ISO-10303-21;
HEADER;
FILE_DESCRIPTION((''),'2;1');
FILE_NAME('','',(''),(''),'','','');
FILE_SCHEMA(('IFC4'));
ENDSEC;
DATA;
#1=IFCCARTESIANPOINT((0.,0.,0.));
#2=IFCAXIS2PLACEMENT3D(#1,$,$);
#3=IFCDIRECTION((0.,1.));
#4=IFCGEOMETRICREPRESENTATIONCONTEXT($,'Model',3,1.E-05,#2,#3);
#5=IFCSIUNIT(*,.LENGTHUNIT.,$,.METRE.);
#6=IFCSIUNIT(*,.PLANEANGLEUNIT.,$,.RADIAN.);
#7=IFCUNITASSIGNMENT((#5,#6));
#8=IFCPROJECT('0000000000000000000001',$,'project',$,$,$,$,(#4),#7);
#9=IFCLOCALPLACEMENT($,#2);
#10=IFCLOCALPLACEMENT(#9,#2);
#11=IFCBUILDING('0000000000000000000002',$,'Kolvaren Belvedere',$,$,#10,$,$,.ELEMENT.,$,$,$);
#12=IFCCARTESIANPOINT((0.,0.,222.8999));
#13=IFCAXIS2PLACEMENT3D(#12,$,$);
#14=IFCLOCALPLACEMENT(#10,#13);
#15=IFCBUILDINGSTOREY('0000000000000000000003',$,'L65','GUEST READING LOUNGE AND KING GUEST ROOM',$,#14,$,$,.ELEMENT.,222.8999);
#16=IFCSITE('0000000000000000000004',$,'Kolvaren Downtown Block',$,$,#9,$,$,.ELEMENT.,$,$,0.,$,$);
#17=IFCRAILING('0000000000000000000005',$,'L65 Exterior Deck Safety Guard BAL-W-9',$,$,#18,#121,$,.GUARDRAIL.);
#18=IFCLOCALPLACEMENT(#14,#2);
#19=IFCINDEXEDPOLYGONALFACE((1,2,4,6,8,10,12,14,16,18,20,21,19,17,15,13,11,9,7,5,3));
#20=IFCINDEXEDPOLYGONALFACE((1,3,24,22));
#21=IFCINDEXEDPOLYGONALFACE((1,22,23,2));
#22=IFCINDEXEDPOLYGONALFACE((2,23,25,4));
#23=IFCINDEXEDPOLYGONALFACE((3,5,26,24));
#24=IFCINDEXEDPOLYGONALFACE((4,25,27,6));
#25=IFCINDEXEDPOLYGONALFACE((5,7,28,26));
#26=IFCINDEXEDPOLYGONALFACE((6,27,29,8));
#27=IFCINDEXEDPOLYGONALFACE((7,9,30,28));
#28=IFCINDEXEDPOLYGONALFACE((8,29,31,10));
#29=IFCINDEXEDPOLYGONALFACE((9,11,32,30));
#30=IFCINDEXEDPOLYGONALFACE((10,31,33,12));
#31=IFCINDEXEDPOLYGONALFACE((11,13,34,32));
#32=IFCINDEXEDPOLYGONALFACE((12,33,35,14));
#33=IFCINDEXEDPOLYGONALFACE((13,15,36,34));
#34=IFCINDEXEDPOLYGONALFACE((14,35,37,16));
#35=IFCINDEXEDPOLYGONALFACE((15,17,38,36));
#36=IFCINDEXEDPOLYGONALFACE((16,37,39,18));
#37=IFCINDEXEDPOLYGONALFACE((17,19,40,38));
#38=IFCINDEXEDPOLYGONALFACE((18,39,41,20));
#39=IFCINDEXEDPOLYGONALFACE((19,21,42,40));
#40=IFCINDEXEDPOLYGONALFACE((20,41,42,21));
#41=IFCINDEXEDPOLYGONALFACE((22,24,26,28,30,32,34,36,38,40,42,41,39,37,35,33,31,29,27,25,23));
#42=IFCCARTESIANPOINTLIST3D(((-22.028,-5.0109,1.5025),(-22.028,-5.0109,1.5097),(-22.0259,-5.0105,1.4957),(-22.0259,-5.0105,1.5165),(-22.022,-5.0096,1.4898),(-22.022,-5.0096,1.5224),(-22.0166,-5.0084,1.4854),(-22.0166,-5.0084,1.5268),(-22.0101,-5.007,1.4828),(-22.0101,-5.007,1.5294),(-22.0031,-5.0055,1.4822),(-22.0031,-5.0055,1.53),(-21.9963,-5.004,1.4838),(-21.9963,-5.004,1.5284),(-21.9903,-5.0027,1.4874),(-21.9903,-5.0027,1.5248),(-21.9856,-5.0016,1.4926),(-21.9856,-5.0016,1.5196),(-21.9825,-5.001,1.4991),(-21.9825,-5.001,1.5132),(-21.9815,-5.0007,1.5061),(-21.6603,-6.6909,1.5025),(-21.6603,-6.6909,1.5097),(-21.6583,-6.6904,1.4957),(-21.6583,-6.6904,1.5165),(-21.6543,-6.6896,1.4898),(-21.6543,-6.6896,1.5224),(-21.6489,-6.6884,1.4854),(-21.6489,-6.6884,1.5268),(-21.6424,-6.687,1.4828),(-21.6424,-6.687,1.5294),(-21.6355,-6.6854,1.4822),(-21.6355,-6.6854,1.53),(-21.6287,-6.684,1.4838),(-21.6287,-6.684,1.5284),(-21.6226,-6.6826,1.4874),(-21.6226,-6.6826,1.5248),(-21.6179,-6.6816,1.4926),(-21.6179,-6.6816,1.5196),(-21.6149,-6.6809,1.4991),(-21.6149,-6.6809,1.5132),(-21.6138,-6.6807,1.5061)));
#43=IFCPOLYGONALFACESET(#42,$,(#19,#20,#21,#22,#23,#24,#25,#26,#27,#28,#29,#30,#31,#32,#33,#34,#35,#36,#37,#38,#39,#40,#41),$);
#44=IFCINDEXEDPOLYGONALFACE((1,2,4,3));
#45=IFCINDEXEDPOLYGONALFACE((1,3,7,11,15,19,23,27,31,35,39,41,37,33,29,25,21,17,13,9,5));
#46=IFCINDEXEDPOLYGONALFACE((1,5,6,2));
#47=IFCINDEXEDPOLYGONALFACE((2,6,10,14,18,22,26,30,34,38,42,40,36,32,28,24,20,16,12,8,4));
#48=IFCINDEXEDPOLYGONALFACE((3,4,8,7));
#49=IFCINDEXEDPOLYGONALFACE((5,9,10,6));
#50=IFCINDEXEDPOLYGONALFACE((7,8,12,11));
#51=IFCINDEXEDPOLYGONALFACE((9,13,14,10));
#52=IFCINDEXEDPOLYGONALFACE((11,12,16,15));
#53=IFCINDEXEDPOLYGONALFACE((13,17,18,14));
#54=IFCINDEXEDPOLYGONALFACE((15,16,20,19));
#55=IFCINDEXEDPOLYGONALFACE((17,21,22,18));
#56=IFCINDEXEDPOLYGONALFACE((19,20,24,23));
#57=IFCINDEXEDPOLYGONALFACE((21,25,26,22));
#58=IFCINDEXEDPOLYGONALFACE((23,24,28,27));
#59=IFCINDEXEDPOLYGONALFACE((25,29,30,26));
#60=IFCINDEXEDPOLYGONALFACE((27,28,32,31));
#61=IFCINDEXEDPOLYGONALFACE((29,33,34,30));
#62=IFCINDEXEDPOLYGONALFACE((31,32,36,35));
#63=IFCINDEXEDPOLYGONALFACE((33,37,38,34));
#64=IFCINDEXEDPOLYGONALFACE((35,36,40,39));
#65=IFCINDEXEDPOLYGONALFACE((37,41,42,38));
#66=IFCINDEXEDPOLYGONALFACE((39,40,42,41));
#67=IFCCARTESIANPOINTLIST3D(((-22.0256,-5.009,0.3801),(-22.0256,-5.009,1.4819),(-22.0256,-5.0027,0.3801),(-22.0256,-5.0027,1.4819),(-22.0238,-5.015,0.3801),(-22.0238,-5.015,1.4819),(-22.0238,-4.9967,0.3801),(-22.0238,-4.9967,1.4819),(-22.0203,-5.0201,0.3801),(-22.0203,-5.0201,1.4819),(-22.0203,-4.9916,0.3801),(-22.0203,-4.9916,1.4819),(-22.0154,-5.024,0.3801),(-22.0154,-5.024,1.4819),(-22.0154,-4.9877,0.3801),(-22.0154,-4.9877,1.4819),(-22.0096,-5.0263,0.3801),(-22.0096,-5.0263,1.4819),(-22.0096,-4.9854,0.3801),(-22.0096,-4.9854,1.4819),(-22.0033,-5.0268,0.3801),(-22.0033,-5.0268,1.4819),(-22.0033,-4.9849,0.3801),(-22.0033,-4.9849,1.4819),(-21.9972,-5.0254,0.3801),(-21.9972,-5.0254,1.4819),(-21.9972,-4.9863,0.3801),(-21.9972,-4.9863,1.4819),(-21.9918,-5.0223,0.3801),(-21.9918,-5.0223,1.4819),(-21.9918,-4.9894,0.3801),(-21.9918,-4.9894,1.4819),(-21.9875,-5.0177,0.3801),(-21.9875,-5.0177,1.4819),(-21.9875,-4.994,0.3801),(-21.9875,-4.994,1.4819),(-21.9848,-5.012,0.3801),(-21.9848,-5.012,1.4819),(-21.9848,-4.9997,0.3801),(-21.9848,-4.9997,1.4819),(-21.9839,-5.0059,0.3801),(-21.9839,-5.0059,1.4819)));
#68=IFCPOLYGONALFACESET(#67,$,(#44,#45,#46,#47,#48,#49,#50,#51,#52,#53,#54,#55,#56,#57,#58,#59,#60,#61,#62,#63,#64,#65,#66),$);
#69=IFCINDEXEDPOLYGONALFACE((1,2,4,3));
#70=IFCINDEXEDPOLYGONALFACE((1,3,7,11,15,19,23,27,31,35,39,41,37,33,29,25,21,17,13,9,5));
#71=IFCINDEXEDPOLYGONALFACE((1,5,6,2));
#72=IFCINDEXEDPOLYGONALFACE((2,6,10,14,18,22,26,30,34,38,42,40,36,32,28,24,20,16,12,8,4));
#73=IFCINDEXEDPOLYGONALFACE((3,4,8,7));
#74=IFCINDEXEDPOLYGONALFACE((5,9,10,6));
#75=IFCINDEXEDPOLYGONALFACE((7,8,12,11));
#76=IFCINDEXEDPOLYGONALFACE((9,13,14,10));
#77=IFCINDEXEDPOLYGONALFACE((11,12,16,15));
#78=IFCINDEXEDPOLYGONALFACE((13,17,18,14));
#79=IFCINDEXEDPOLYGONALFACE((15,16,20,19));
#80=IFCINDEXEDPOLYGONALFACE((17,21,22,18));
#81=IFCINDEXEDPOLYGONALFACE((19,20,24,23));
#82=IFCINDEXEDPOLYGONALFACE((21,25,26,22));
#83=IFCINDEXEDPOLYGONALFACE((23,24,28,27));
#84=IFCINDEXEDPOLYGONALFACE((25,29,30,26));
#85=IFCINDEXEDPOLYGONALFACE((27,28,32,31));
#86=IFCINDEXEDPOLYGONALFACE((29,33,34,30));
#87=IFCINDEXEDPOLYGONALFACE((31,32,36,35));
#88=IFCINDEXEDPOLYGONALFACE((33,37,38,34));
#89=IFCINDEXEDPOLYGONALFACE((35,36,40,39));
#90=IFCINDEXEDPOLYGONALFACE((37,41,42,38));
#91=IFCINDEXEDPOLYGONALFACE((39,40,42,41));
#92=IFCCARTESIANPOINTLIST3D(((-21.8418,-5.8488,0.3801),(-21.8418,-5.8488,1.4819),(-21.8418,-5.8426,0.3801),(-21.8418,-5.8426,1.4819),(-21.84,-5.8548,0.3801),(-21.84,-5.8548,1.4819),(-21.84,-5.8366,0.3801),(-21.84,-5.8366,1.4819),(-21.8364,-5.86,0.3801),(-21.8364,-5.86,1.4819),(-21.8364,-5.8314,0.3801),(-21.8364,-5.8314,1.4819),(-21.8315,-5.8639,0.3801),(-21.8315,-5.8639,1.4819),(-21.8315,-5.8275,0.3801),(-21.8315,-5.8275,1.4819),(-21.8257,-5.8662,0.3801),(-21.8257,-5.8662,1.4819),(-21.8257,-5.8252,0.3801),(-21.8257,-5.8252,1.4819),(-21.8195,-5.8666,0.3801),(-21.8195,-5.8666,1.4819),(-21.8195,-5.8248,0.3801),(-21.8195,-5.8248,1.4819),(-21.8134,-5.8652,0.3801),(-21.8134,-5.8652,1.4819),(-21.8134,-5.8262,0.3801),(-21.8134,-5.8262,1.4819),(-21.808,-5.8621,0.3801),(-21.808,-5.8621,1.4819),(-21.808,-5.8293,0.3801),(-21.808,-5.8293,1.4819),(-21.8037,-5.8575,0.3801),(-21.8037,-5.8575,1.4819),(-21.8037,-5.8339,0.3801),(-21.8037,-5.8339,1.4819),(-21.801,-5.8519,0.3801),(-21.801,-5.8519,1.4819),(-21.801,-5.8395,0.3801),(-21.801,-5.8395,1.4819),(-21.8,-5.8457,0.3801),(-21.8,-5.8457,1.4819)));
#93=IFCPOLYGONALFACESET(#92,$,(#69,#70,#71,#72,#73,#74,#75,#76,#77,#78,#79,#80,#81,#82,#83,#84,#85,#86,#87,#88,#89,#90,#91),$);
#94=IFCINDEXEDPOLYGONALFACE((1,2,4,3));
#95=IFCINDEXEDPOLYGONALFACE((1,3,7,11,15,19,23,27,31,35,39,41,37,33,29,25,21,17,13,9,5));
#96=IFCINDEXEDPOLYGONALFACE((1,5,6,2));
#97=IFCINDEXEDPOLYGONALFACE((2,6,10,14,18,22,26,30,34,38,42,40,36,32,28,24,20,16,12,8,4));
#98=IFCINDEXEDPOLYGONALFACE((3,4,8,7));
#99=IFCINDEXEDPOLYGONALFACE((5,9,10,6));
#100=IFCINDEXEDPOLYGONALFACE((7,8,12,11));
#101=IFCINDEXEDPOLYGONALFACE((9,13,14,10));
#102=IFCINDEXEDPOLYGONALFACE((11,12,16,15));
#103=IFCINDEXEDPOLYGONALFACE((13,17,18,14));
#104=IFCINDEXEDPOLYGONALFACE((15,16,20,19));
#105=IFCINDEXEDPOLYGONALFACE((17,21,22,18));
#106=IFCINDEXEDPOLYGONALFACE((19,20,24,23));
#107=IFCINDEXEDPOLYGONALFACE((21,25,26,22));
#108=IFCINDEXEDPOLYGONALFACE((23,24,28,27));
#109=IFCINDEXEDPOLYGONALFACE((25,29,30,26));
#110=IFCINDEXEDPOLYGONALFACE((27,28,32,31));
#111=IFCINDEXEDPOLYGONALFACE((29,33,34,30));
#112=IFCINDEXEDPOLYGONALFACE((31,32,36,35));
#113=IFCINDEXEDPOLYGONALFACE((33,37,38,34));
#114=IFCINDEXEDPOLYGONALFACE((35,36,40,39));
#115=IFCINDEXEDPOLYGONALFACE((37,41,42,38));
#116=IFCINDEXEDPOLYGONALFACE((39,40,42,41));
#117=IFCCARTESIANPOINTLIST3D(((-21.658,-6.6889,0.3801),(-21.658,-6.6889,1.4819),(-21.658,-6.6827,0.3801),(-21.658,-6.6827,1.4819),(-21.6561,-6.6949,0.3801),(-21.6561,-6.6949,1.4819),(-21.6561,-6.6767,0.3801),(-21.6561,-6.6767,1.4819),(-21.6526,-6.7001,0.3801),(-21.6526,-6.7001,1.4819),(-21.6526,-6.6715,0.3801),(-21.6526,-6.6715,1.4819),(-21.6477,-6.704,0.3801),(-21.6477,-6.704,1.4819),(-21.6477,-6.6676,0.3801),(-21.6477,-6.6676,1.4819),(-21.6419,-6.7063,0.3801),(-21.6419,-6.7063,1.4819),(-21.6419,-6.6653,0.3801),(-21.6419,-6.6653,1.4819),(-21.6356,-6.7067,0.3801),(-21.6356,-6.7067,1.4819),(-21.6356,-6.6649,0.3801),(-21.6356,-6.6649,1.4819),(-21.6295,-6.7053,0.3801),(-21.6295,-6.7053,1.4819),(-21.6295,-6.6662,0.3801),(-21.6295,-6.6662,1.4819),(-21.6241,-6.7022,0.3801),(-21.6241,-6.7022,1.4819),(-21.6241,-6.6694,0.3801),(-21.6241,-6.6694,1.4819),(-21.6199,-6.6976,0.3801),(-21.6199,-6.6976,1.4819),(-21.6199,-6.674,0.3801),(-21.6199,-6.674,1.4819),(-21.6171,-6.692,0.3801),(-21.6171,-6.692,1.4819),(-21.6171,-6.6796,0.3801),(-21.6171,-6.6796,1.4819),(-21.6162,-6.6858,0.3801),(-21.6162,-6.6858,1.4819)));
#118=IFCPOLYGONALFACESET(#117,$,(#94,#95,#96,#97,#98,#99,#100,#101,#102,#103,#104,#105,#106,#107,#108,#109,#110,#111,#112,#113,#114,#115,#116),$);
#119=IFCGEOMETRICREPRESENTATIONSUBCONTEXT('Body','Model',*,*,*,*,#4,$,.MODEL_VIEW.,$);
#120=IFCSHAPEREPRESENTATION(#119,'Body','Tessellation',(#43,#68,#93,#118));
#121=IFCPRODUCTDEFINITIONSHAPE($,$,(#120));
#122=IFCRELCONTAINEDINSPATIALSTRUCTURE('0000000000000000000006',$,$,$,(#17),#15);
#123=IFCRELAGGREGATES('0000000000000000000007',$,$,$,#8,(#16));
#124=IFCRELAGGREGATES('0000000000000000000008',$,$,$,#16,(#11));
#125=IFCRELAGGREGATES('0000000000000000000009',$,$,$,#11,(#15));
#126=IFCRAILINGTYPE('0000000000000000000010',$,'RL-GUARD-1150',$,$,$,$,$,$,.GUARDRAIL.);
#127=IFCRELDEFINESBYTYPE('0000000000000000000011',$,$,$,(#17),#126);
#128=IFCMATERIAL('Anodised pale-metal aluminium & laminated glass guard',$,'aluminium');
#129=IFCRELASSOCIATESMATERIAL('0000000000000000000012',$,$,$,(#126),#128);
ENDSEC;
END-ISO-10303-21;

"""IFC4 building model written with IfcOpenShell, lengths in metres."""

from ifc_helpers import new_model, si_unit, direction, frame, origin, origin_2d, place, context, subcontext, project, spatial, circle, extrude, material, type_object, element, save


model = new_model("IFC4")

# Units and contexts
model_context = context("Model", 3, precision=1e-05, world=origin(), true_north=direction((0.0, 1.0)))
body_context = subcontext(model_context, "Body", "Model", "MODEL_VIEW")
ifc_project = project(units=[si_unit("LENGTHUNIT", "METRE"), si_unit("PLANEANGLEUNIT", "RADIAN")], contexts=[model_context])

# Site, building, storey
site_placement = place(None, origin())
site = spatial("IfcSite", under=ifc_project, at=site_placement, Name="Kolvaren Downtown Block", CompositionType="ELEMENT", RefElevation=0.0)
building_placement = place(site_placement, origin())
building = spatial("IfcBuilding", under=site, at=building_placement, Name="Kolvaren Belvedere", CompositionType="ELEMENT")
storey_placement = place(building_placement, frame((0.0, 0.0, 222.8999)))
storey = spatial("IfcBuildingStorey", under=building, at=storey_placement, Name="L65", Description="GUEST READING LOUNGE AND KING GUEST ROOM", CompositionType="ELEMENT", Elevation=222.8999)

# Railing
ifc_material_1 = material(Name="Anodised pale-metal aluminium & laminated glass guard", Category="aluminium")
railing_type = type_object("IfcRailingType", Name="RL-GUARD-1150", PredefinedType="GUARDRAIL", material=ifc_material_1)
railing_1_placement = place(storey_placement, frame((-22.0049, -5.0059, 0.3801)))
element("IfcRailing", 1, at=railing_1_placement, inside=storey, type_object=railing_type, Name="L65 Exterior Deck Safety Guard BAL-W-9", PredefinedType="GUARDRAIL", context=body_context, shape_type="SweptSolid", body=[
    extrude(circle(Radius=0.0239, at=origin_2d()), frame((0.0, 0.0, 1.126), z_axis=(0.213803, -0.976877, 0.0), x_axis=(0.976877, 0.213803, 0.0)), (0.0, 0.0, 1.0), 1.7197),
    extrude(circle(Radius=0.021, at=origin_2d()), origin(), (0.0, 0.0, 1.0), 1.1018),
    extrude(circle(Radius=0.021, at=origin_2d()), frame((0.1838, -0.8398, 0.0)), (0.0, 0.0, 1.0), 1.1018),
    extrude(circle(Radius=0.021, at=origin_2d()), frame((0.3677, -1.6799, 0.0)), (0.0, 0.0, 1.0), 1.1018),
])

save(model, "model.ifc")
